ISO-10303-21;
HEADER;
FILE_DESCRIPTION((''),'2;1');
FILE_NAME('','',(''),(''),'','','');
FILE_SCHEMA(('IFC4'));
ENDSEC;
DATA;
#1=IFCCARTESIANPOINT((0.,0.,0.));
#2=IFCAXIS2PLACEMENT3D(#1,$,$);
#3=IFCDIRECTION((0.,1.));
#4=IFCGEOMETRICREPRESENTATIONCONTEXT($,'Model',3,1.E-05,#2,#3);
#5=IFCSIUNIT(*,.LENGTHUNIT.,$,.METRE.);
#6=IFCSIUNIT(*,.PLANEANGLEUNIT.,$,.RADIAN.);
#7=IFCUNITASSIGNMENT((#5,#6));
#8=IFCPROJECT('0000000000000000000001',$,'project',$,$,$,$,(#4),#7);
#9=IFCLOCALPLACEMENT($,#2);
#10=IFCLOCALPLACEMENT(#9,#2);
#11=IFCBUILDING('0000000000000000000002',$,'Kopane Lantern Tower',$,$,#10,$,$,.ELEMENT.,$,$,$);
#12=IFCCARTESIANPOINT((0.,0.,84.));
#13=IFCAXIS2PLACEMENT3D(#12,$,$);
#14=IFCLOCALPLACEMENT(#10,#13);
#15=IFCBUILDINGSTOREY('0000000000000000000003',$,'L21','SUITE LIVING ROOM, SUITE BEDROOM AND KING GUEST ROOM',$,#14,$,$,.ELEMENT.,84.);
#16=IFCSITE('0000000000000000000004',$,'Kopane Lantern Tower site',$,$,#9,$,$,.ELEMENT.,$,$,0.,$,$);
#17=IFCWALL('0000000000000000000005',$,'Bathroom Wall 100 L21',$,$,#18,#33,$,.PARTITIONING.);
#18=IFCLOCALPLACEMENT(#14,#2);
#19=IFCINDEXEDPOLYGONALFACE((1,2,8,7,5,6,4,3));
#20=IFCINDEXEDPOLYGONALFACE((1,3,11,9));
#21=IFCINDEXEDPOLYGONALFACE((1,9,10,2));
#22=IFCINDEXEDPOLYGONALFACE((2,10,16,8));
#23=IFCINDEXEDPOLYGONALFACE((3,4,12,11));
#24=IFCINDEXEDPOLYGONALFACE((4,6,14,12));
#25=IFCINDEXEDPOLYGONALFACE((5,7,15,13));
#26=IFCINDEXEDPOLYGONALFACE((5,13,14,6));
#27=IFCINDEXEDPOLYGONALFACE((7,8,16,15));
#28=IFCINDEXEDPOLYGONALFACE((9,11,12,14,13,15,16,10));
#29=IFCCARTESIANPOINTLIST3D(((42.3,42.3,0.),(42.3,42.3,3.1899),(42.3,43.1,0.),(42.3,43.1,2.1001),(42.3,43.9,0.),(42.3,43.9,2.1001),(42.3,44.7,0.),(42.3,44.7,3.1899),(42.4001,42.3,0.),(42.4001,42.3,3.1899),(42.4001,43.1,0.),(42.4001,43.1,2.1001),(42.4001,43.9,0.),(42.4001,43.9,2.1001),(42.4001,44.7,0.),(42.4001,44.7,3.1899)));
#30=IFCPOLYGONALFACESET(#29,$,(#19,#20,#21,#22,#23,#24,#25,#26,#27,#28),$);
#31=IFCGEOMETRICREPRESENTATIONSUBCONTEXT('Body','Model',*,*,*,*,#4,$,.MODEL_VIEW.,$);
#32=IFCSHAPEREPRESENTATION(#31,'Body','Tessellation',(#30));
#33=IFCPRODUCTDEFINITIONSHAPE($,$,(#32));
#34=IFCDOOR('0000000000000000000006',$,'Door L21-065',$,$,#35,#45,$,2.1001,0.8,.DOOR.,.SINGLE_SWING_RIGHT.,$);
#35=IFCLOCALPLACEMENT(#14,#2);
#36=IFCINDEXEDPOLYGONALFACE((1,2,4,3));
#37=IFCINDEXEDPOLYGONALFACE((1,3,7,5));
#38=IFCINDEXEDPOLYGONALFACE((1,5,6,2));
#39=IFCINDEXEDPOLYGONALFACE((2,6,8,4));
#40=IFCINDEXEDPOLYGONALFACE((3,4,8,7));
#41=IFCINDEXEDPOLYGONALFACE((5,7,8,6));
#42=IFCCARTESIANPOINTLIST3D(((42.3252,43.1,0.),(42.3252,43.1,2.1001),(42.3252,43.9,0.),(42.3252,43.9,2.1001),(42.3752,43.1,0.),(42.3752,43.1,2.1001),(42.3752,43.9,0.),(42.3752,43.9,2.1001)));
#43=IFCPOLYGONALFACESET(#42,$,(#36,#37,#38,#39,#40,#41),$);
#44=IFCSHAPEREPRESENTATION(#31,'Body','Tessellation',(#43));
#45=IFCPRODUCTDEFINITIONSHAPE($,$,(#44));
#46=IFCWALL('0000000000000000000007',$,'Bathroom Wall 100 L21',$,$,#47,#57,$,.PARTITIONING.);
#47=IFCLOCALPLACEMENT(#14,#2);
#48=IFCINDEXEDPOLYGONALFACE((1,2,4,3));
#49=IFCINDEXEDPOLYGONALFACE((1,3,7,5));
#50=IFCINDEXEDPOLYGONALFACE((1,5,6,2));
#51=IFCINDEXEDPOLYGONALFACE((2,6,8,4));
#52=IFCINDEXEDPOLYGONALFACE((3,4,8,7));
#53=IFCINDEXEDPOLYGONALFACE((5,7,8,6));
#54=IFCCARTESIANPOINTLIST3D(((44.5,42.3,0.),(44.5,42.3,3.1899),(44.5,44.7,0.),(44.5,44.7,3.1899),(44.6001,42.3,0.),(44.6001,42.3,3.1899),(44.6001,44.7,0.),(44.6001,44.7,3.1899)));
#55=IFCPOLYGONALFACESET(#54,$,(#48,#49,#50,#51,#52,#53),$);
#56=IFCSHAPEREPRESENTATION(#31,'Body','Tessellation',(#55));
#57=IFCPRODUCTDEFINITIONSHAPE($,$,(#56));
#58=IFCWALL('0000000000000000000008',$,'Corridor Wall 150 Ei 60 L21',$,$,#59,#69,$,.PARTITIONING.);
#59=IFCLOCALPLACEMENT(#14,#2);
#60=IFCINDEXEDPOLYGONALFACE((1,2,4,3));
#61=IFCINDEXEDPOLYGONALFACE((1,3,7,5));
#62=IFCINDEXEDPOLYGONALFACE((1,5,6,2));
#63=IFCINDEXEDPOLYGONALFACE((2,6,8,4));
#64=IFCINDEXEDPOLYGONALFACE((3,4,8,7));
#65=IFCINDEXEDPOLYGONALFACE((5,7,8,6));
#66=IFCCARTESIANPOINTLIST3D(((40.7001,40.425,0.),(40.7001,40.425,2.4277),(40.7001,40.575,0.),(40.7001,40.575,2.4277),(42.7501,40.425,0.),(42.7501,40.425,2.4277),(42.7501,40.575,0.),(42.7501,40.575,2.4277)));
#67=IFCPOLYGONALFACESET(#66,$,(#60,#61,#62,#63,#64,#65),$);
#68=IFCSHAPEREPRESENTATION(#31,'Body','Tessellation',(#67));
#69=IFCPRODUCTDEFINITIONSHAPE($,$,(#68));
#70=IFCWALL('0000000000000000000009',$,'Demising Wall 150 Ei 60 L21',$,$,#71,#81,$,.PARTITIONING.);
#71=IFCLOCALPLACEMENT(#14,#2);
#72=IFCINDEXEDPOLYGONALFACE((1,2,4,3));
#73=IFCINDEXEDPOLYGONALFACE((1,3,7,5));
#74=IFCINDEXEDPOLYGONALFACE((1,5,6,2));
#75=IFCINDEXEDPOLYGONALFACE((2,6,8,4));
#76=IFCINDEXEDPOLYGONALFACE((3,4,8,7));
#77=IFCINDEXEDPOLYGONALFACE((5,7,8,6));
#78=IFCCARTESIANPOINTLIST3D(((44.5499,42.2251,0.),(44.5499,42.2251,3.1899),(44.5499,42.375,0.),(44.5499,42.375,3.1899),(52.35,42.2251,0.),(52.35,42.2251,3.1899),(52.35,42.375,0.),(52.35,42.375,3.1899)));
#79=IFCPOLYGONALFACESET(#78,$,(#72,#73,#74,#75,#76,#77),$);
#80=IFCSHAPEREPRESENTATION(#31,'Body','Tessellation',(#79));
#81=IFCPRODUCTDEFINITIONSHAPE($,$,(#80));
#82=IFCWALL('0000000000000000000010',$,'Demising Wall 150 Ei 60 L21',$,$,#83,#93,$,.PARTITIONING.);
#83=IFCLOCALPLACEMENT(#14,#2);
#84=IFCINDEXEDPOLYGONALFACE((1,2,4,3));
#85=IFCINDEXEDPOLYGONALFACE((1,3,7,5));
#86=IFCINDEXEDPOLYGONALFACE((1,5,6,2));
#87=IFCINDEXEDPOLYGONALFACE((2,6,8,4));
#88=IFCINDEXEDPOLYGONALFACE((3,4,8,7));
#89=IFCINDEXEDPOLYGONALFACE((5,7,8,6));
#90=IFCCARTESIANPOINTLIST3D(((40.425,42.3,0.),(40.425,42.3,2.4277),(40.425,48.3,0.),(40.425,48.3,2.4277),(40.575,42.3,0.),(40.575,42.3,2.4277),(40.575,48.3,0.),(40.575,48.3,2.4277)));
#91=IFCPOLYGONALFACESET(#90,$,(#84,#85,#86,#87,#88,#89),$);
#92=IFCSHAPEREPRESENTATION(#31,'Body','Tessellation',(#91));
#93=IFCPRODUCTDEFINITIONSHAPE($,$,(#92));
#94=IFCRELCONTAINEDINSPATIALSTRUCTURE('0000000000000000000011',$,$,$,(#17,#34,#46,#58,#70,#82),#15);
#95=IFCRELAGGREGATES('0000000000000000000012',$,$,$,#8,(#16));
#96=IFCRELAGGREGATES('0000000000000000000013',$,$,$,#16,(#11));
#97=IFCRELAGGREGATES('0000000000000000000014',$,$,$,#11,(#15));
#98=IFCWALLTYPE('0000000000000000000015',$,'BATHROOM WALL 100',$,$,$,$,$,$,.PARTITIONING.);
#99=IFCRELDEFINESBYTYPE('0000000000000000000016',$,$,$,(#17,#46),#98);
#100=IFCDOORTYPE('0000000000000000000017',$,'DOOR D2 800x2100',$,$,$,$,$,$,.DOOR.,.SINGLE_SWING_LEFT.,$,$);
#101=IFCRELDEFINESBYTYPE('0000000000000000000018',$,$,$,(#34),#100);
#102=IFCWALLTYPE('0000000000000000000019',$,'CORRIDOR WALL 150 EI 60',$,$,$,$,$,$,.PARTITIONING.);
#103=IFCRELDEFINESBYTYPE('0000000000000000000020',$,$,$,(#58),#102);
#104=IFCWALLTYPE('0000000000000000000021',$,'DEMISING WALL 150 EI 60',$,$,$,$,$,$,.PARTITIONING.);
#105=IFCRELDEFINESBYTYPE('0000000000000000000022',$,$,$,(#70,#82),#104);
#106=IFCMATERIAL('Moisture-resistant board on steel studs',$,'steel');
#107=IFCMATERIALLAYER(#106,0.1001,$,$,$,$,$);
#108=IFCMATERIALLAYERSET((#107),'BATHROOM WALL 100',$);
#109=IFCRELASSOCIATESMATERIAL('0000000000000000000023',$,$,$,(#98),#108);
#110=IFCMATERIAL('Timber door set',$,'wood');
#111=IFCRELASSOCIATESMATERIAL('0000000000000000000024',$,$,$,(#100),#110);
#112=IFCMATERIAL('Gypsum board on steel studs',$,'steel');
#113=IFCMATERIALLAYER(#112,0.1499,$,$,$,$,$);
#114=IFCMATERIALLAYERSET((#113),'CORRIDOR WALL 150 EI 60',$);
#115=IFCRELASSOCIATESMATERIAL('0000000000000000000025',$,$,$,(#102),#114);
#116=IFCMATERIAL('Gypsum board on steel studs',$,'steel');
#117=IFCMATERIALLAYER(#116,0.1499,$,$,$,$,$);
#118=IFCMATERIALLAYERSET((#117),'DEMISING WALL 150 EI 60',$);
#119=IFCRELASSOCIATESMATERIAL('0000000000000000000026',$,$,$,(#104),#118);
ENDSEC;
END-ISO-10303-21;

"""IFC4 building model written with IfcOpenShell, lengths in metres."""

from ifc_helpers import new_model, si_unit, direction, frame, frame_2d, origin, place, context, subcontext, project, spatial, rectangle, extrude, material, layer, layer_set, type_object, element, fill, save


model = new_model("IFC4")

# Units and contexts
model_context = context("Model", 3, precision=1e-05, world=origin(), true_north=direction((0.0, 1.0)))
body_context = subcontext(model_context, "Body", "Model", "MODEL_VIEW")
ifc_project = project(units=[si_unit("LENGTHUNIT", "METRE"), si_unit("PLANEANGLEUNIT", "RADIAN")], contexts=[model_context])

# Site, building, storey
site_placement = place(None, origin())
site = spatial("IfcSite", under=ifc_project, at=site_placement, Name="Kopane Lantern Tower site", CompositionType="ELEMENT", RefElevation=0.0)
building_placement = place(site_placement, origin())
building = spatial("IfcBuilding", under=site, at=building_placement, Name="Kopane Lantern Tower", CompositionType="ELEMENT")
storey_placement = place(building_placement, frame((0.0, 0.0, 84.0)))
storey = spatial("IfcBuildingStorey", under=building, at=storey_placement, Name="L21", Description="SUITE LIVING ROOM, SUITE BEDROOM AND KING GUEST ROOM", CompositionType="ELEMENT", Elevation=84.0)

# Wall, opening, door
ifc_material_1 = material(Name="Moisture-resistant board on steel studs", Category="steel")
ifc_layer_1 = layer(ifc_material_1, 0.1001)
ifc_layer_set_1 = layer_set([ifc_layer_1], Name="BATHROOM WALL 100")
wall_type_1 = type_object("IfcWallType", Name="BATHROOM WALL 100", PredefinedType="PARTITIONING", material=ifc_layer_set_1)
wall_1_placement = place(storey_placement, frame((42.3501, 42.3, 0.0), z_axis=(0.0, 0.0, 1.0), x_axis=(0.0, 1.0, 0.0)))
wall_1 = element("IfcWall", 1, at=wall_1_placement, inside=storey, type_object=wall_type_1, Name="Bathroom Wall 100 L21", PredefinedType="PARTITIONING", context=body_context, shape_type="SweptSolid", body=[
    extrude(rectangle(XDim=2.3999, YDim=0.1001, at=frame_2d((1.2, 0.0))), origin(), (0.0, 0.0, 1.0), 3.1899),
])
opening_1_placement = place(wall_1_placement, frame((0.8, 0.0, 0.0)))
opening_1 = element("IfcOpeningElement", 2, at=opening_1_placement, cuts=wall_1, PredefinedType="OPENING", context=body_context, shape_type="SweptSolid", body=[
    extrude(rectangle(XDim=0.8, YDim=2.1001, at=frame_2d((0.3999, 1.05))), frame((0.0, 0.0601, 0.0), z_axis=(0.0, -1.0, 0.0), x_axis=(1.0, 0.0, 0.0)), (0.0, 0.0, 1.0), 0.1201),
])
ifc_material_2 = material(Name="Timber door set", Category="wood")
door_type_1 = type_object("IfcDoorType", Name="DOOR D2 800x2100", OperationType="SINGLE_SWING_LEFT", PredefinedType="DOOR", material=ifc_material_2)
door_1_placement = place(opening_1_placement, origin())
door_1 = element("IfcDoor", 3, at=door_1_placement, inside=storey, type_object=door_type_1, Name="Door L21-065", OperationType="SINGLE_SWING_RIGHT", OverallHeight=2.1001, OverallWidth=0.8, PredefinedType="DOOR", context=body_context, shape_type="SweptSolid", body=[
    extrude(rectangle(XDim=0.8, YDim=2.1001, at=frame_2d((0.3999, 1.05))), frame((0.0, 0.0249, 0.0), z_axis=(0.0, -1.0, 0.0), x_axis=(1.0, 0.0, 0.0)), (0.0, 0.0, 1.0), 0.05),
])
fill(opening_1, door_1)

# Walls
wall_2_placement = place(storey_placement, frame((44.55, 42.3, 0.0), z_axis=(0.0, 0.0, 1.0), x_axis=(0.0, 1.0, 0.0)))
element("IfcWall", 4, at=wall_2_placement, inside=storey, type_object=wall_type_1, Name="Bathroom Wall 100 L21", PredefinedType="PARTITIONING", context=body_context, shape_type="SweptSolid", body=[
    extrude(rectangle(XDim=2.3999, YDim=0.1001, at=frame_2d((1.2, 0.0))), origin(), (0.0, 0.0, 1.0), 3.1899),
])
ifc_material_3 = material(Name="Gypsum board on steel studs", Category="steel")
ifc_layer_2 = layer(ifc_material_3, 0.1499)
ifc_layer_set_2 = layer_set([ifc_layer_2], Name="CORRIDOR WALL 150 EI 60")
wall_type_2 = type_object("IfcWallType", Name="CORRIDOR WALL 150 EI 60", PredefinedType="PARTITIONING", material=ifc_layer_set_2)
wall_3_placement = place(storey_placement, frame((42.75, 40.5, 0.0), z_axis=(0.0, 0.0, 1.0), x_axis=(-1.0, 0.0, 0.0)))
element("IfcWall", 5, at=wall_3_placement, inside=storey, type_object=wall_type_2, Name="Corridor Wall 150 Ei 60 L21", PredefinedType="PARTITIONING", context=body_context, shape_type="SweptSolid", body=[
    extrude(rectangle(XDim=2.05, YDim=0.1499, at=frame_2d((1.0249, 0.0))), origin(), (0.0, 0.0, 1.0), 2.4277),
])
ifc_material_4 = material(Name="Gypsum board on steel studs", Category="steel")
ifc_layer_3 = layer(ifc_material_4, 0.1499)
ifc_layer_set_3 = layer_set([ifc_layer_3], Name="DEMISING WALL 150 EI 60")
wall_type_3 = type_object("IfcWallType", Name="DEMISING WALL 150 EI 60", PredefinedType="PARTITIONING", material=ifc_layer_set_3)
wall_4_placement = place(storey_placement, frame((44.55, 42.3, 0.0), z_axis=(0.0, 0.0, 1.0), x_axis=(1.0, 0.0, 0.0)))
element("IfcWall", 6, at=wall_4_placement, inside=storey, type_object=wall_type_3, Name="Demising Wall 150 Ei 60 L21", PredefinedType="PARTITIONING", context=body_context, shape_type="SweptSolid", body=[
    extrude(rectangle(XDim=7.8, YDim=0.1499, at=frame_2d((3.8999, 0.0))), origin(), (0.0, 0.0, 1.0), 3.1899),
])
wall_5_placement = place(storey_placement, frame((40.5, 42.3, 0.0), z_axis=(0.0, 0.0, 1.0), x_axis=(0.0, 1.0, 0.0)))
element("IfcWall", 7, at=wall_5_placement, inside=storey, type_object=wall_type_3, Name="Demising Wall 150 Ei 60 L21", PredefinedType="PARTITIONING", context=body_context, shape_type="SweptSolid", body=[
    extrude(rectangle(XDim=6.0, YDim=0.1499, at=frame_2d((3.0, 0.0))), origin(), (0.0, 0.0, 1.0), 2.4277),
])

save(model, "model.ifc")
